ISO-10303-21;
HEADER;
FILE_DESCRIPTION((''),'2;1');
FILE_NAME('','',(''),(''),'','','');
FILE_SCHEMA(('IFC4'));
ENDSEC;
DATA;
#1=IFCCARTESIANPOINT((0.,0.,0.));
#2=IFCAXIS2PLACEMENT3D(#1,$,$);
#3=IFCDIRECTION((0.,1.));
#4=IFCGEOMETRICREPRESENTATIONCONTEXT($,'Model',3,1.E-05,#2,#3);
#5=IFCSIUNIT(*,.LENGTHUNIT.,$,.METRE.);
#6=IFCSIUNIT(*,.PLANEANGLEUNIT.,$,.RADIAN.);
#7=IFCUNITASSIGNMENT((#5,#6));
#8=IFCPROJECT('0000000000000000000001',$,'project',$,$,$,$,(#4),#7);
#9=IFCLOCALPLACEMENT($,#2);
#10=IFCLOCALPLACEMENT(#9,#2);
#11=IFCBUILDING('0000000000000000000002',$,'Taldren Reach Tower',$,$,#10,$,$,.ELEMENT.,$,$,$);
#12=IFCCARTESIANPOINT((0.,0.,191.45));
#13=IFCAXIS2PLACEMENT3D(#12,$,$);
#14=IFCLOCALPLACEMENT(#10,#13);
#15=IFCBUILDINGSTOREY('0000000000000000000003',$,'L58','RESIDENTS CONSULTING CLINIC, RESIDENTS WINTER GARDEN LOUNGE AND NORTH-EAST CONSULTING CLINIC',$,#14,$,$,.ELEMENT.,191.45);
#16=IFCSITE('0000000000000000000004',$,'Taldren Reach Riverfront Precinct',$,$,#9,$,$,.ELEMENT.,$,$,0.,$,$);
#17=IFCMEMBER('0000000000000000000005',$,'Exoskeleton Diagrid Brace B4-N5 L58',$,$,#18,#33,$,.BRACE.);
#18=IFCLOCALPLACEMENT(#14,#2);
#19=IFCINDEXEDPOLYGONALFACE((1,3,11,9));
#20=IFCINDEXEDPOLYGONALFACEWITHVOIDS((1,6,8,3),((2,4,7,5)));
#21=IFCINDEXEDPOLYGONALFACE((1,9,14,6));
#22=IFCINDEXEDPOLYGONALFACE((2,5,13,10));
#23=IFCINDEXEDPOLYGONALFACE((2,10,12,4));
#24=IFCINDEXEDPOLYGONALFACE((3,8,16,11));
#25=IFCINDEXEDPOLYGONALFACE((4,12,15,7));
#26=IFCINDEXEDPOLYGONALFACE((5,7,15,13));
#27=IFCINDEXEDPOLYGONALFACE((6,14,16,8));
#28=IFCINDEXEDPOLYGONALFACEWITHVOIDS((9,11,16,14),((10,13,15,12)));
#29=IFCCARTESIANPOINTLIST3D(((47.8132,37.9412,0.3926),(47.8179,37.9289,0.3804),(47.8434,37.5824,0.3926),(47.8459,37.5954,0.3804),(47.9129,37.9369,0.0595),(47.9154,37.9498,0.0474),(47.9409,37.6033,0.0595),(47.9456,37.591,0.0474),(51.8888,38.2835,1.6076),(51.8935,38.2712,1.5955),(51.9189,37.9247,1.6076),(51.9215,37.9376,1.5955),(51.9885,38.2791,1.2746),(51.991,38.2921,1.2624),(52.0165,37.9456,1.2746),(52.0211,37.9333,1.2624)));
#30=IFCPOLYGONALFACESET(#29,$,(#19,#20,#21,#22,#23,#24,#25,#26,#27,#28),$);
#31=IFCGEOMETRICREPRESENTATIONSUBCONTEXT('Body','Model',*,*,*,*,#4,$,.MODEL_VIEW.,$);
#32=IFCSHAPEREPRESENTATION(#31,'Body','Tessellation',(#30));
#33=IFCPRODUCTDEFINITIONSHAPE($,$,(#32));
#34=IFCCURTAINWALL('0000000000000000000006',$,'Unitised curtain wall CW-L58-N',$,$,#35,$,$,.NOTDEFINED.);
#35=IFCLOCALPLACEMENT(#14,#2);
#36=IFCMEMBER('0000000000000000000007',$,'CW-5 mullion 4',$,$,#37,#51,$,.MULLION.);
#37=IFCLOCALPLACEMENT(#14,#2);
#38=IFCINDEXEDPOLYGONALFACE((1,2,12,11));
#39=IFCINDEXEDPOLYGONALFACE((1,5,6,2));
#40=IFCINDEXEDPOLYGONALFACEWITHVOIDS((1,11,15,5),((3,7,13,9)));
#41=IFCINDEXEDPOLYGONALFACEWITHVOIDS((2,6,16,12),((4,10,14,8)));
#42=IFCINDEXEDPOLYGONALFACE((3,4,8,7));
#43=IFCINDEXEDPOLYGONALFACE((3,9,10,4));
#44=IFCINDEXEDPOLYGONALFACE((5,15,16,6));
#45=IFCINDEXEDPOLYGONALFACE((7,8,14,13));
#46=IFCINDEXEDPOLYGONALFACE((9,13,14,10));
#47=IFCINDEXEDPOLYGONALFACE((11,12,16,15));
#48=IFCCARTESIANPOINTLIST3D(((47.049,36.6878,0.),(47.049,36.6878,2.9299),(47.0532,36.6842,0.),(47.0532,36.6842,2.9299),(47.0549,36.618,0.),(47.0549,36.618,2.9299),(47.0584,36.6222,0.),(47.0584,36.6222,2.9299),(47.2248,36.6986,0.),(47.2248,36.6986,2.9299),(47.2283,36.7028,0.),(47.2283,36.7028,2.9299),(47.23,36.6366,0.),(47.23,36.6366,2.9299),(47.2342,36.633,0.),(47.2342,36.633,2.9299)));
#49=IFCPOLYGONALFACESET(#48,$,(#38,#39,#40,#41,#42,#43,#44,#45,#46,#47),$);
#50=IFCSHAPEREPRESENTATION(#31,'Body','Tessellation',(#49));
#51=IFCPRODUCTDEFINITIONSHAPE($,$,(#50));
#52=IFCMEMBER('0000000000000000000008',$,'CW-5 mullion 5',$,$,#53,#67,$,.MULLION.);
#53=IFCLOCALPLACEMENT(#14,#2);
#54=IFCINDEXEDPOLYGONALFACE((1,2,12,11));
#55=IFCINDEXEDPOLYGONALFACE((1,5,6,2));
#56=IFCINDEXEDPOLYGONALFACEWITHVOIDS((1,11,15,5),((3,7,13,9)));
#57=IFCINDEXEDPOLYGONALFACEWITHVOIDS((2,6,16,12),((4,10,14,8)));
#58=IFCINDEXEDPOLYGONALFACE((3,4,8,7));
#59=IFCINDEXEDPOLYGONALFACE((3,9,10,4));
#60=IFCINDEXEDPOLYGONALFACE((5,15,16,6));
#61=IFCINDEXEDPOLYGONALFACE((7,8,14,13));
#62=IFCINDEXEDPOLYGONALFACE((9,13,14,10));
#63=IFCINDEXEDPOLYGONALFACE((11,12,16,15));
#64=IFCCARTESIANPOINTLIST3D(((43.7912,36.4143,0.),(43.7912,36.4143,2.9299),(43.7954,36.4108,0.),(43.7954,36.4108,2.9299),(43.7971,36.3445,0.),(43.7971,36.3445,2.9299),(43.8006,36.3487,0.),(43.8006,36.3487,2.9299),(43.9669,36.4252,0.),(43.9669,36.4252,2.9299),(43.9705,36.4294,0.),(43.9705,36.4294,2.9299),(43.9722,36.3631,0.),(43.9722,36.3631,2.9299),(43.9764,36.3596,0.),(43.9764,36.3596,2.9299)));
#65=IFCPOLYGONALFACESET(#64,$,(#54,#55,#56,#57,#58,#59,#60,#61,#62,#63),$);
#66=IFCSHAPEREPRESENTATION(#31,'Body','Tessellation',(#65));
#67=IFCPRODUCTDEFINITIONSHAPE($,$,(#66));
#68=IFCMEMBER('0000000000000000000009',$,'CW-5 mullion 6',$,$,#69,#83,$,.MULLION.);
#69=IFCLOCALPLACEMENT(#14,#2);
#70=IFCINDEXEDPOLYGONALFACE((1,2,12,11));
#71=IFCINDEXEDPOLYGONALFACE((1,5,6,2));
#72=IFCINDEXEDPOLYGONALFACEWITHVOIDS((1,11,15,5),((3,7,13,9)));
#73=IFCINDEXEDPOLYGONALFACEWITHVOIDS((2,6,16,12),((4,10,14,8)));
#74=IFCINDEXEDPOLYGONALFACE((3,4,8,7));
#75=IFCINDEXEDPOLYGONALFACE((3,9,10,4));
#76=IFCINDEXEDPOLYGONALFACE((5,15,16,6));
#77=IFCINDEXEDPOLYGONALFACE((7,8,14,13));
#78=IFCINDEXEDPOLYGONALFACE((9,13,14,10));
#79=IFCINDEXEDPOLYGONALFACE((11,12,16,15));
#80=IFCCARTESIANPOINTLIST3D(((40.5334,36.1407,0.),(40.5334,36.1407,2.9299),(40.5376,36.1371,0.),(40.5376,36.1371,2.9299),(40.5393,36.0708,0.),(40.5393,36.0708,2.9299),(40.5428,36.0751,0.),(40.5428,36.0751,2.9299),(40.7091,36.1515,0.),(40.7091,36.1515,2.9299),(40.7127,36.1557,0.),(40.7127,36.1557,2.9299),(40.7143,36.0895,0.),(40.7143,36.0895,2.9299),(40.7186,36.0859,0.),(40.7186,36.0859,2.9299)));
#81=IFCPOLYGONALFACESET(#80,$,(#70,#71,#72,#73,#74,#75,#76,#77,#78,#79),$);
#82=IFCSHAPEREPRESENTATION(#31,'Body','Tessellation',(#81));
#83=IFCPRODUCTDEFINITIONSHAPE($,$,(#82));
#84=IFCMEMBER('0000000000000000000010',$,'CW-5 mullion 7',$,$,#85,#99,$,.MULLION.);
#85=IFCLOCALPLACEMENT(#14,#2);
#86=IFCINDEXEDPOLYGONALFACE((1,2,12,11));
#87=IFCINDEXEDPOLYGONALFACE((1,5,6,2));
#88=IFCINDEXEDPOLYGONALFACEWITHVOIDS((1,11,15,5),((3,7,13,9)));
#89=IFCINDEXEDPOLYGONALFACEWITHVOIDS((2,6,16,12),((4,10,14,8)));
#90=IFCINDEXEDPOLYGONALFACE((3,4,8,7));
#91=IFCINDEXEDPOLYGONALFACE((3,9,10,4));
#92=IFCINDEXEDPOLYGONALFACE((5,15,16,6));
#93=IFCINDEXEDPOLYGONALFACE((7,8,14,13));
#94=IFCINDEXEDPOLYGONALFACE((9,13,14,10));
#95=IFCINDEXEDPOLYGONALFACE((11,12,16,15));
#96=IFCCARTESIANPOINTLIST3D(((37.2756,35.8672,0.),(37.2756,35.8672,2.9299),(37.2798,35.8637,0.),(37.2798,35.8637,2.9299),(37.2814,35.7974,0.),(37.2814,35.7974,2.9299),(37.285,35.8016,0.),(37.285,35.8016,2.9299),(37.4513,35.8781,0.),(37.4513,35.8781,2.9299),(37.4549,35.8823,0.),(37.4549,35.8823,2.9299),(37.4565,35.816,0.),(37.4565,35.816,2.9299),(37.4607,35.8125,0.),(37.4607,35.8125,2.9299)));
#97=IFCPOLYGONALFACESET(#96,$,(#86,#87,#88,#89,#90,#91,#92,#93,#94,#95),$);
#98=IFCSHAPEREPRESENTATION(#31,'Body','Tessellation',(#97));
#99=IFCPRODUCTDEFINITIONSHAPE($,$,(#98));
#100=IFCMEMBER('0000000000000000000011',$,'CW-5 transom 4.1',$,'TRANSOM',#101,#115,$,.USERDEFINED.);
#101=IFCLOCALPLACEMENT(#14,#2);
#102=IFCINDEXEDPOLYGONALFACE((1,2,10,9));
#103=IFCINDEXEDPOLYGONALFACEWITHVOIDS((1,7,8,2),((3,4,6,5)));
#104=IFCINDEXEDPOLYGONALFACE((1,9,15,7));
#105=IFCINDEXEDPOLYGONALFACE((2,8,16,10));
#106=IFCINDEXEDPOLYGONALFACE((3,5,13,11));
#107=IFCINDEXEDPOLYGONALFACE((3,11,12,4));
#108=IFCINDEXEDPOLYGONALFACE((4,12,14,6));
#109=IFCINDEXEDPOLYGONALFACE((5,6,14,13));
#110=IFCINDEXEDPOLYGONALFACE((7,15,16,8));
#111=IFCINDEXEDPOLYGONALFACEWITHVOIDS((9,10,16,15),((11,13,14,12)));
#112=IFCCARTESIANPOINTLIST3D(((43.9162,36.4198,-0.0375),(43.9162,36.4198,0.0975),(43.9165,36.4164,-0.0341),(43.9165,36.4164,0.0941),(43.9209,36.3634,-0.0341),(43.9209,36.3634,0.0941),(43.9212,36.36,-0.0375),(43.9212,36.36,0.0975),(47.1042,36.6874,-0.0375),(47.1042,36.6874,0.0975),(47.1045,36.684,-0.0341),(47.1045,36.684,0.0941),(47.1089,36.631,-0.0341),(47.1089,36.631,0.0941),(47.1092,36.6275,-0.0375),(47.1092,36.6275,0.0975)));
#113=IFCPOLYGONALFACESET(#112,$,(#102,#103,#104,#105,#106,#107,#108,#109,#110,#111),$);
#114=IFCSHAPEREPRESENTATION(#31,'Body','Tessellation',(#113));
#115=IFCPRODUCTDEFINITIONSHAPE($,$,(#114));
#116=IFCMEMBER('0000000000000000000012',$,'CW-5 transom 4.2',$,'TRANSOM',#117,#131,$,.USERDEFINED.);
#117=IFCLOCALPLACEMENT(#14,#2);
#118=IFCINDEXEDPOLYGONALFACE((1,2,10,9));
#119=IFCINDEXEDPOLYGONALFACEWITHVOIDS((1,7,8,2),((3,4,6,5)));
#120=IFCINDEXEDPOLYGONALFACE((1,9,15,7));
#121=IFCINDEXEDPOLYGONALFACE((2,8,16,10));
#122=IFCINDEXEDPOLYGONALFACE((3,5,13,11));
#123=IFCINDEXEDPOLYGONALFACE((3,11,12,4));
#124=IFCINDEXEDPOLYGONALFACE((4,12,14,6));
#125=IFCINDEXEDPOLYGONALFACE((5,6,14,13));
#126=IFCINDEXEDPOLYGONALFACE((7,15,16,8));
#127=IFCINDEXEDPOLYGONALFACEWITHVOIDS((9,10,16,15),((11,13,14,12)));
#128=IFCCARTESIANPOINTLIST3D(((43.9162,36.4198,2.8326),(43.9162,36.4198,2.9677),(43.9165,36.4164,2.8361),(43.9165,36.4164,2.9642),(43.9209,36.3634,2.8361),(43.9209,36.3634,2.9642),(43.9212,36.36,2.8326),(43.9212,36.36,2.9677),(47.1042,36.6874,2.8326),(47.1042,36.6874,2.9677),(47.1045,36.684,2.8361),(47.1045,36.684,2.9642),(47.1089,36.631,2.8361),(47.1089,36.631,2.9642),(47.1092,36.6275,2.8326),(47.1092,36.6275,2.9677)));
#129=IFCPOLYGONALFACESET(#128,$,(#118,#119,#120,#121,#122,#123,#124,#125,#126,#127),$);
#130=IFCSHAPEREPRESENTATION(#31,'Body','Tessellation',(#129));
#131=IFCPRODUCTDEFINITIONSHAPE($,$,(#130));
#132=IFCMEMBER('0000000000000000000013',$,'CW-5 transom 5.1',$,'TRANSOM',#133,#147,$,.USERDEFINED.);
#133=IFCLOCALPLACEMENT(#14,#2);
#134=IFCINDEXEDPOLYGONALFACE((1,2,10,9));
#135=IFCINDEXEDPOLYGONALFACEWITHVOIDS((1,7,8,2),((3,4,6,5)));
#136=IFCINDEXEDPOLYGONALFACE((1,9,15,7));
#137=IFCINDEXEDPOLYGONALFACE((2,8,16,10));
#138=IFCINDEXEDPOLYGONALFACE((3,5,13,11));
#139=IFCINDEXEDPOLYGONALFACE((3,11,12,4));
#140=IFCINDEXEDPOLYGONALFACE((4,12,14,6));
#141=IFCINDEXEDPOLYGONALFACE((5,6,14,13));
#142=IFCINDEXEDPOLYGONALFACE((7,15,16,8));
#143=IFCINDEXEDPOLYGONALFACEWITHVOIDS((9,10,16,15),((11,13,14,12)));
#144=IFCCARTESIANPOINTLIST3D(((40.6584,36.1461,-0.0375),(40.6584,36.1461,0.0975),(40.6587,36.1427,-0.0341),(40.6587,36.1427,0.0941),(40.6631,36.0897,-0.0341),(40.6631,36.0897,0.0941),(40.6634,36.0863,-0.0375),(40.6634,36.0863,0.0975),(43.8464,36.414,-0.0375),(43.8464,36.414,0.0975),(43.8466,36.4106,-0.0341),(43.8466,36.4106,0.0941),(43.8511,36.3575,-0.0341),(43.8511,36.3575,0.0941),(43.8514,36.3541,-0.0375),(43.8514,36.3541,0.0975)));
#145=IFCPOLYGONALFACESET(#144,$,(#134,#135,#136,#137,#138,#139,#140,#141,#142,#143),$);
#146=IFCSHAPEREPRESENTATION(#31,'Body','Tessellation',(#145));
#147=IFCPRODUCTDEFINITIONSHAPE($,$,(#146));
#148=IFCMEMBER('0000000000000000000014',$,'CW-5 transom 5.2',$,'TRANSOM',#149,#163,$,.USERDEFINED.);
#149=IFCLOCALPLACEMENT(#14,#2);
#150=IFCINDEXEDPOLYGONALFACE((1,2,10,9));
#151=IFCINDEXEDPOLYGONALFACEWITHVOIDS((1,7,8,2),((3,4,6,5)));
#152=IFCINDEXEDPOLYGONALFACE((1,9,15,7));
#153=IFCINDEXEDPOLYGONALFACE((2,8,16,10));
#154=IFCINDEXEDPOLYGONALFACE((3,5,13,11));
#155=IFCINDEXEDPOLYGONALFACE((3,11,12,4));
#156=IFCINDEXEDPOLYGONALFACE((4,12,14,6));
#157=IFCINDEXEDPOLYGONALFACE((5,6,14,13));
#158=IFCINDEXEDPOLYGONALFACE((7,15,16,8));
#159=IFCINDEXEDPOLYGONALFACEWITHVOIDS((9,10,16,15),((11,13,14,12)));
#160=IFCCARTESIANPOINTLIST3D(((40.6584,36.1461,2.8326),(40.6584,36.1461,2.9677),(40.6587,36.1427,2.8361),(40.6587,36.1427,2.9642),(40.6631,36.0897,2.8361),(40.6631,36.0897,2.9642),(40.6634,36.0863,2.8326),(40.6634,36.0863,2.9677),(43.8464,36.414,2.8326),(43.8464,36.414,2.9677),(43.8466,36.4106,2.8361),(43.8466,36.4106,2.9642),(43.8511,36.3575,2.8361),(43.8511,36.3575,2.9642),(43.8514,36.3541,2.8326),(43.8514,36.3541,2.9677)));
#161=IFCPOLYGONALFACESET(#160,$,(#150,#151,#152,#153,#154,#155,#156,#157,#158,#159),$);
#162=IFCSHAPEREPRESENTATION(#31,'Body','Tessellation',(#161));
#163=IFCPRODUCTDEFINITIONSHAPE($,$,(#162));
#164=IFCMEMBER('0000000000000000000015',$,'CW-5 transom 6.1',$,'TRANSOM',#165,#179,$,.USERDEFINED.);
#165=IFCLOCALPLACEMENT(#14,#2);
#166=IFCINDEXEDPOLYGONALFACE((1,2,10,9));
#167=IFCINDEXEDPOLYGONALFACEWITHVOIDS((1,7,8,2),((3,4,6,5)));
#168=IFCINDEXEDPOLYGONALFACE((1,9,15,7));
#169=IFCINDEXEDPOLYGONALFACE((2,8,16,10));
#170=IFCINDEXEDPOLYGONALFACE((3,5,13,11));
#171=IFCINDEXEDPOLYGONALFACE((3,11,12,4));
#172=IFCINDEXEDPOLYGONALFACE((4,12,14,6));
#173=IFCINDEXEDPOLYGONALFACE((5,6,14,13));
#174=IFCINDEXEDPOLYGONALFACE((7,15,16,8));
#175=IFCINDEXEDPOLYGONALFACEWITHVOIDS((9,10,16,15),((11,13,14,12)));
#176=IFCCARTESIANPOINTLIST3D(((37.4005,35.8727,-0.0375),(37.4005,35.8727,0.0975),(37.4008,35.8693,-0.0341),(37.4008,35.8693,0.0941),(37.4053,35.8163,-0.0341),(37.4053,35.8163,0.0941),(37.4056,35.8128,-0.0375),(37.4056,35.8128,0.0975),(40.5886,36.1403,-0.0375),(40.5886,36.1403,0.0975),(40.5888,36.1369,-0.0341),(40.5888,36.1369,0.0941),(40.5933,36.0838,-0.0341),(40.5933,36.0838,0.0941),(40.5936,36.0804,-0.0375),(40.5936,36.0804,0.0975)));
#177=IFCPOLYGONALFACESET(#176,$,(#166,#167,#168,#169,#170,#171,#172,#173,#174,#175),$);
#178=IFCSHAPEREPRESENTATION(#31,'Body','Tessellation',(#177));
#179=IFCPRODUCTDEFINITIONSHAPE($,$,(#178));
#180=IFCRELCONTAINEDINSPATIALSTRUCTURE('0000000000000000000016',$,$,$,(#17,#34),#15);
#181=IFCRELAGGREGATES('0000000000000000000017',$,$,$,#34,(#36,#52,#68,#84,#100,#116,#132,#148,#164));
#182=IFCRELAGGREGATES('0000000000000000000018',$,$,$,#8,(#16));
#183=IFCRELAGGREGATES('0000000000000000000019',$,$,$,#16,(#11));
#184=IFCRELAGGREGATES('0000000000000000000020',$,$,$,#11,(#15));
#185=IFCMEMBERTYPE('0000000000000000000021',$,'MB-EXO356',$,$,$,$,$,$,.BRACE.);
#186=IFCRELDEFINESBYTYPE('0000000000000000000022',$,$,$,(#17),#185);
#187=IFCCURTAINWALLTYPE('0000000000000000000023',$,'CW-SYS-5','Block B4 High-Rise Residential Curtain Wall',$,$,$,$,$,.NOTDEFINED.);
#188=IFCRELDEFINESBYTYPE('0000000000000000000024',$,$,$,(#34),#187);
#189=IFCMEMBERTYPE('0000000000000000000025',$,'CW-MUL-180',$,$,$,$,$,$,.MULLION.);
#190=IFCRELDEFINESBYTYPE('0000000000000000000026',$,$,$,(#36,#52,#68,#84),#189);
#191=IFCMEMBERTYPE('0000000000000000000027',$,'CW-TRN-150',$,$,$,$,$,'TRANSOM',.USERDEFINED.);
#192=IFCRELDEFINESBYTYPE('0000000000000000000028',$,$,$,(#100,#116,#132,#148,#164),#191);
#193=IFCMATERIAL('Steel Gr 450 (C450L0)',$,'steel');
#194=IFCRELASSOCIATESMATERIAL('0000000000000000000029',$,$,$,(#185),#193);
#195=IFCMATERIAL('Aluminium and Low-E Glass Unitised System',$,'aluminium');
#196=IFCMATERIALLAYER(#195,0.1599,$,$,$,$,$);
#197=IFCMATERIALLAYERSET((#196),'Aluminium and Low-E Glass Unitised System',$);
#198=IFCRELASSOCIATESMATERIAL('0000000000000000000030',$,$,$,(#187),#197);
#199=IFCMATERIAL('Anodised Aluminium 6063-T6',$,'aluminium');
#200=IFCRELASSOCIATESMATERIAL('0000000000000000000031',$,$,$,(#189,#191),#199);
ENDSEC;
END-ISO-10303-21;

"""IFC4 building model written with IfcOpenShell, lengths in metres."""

from ifc_helpers import new_model, si_unit, direction, frame, origin, origin_2d, place, context, subcontext, project, spatial, hollow_rectangle, extrude, source, transform, mapped, material, layer, layer_set, material_profile, profile_set, type_object, element, aggregate, save


model = new_model("IFC4")

# Units and contexts
model_context = context("Model", 3, precision=1e-05, world=origin(), true_north=direction((0.0, 1.0)))
body_context = subcontext(model_context, "Body", "Model", "MODEL_VIEW")
ifc_project = project(units=[si_unit("LENGTHUNIT", "METRE"), si_unit("PLANEANGLEUNIT", "RADIAN")], contexts=[model_context])

# Site, building, storey
site_placement = place(None, origin())
site = spatial("IfcSite", under=ifc_project, at=site_placement, Name="Taldren Reach Riverfront Precinct", CompositionType="ELEMENT", RefElevation=0.0)
building_placement = place(site_placement, origin())
building = spatial("IfcBuilding", under=site, at=building_placement, Name="Taldren Reach Tower", CompositionType="ELEMENT")
storey_placement = place(building_placement, frame((0.0, 0.0, 191.45)))
storey = spatial("IfcBuildingStorey", under=building, at=storey_placement, Name="L58", Description="RESIDENTS CONSULTING CLINIC, RESIDENTS WINTER GARDEN LOUNGE AND NORTH-EAST CONSULTING CLINIC", CompositionType="ELEMENT", Elevation=191.45)

# Member
ifc_material_1 = material(Name="Steel Gr 450 (C450L0)", Category="steel")
ifc_material_profile_1 = material_profile(ifc_material_1, hollow_rectangle(XDim=0.3601, YDim=0.3601, WallThickness=0.0127, at=origin_2d()), Name="360x360x12.7SHS")
ifc_profile_set_1 = profile_set([ifc_material_profile_1], Name="Steel Gr 450 (C450L0)")
member_type_1 = type_object("IfcMemberType", Name="MB-EXO356", PredefinedType="BRACE", material=ifc_profile_set_1)
shared_shape_1 = source(origin(), body_context, "Body", "SweptSolid", [
    extrude(hollow_rectangle(XDim=0.3601, YDim=0.3601, WallThickness=0.0127, at=origin_2d()), origin(), (0.0, 0.0, 1.0), 4.2666),
])
for number, where, z_axis, x_axis, name in (
    (1, (47.8794, 37.7661, 0.22), (0.955229, 0.080222, 0.284783), (-0.083688, 0.996492, 0.0), "Exoskeleton Diagrid Brace B4-N5 L58"),
):
    element("IfcMember", number, at=place(storey_placement, frame(where, z_axis=z_axis, x_axis=x_axis)), inside=storey, type_object=member_type_1, Name=name, PredefinedType="BRACE", context=body_context, shape_type="MappedRepresentation", body=[
        mapped(shared_shape_1, transform((0.0, 0.0, 0.0), scale=1.0)),
    ])

# Curtain wall, members
ifc_material_2 = material(Name="Aluminium and Low-E Glass Unitised System", Category="aluminium")
ifc_layer_1 = layer(ifc_material_2, 0.1599)
ifc_layer_set_1 = layer_set([ifc_layer_1], Name="Aluminium and Low-E Glass Unitised System")
curtain_wall_type = type_object("IfcCurtainWallType", Name="CW-SYS-5", Description="Block B4 High-Rise Residential Curtain Wall", PredefinedType="NOTDEFINED", material=ifc_layer_set_1)
curtain_wall_placement = place(storey_placement, origin())
curtain_wall = element("IfcCurtainWall", 2, at=curtain_wall_placement, inside=storey, type_object=curtain_wall_type, Name="Unitised curtain wall CW-L58-N", PredefinedType="NOTDEFINED")
ifc_material_3 = material(Name="Anodised Aluminium 6063-T6", Category="aluminium")
ifc_material_profile_2 = material_profile(ifc_material_3, hollow_rectangle(XDim=0.0701, YDim=0.1799, WallThickness=0.0039, at=origin_2d()), Name="ALU-180x70x4RHS")
ifc_profile_set_2 = profile_set([ifc_material_profile_2], Name="Anodised Aluminium 6063-T6")
member_type_2 = type_object("IfcMemberType", Name="CW-MUL-180", PredefinedType="MULLION", material=ifc_profile_set_2)
shared_shape_2 = source(origin(), body_context, "Body", "SweptSolid", [
    extrude(hollow_rectangle(XDim=0.0701, YDim=0.1799, WallThickness=0.0039, at=origin_2d()), origin(), (0.0, 0.0, 1.0), 2.9299),
])
member_1_placement = place(storey_placement, frame((47.1416, 36.6604, 0.0), z_axis=(0.0, 0.0, 1.0), x_axis=(0.083678, -0.996493, 0.0)))
member_1 = element("IfcMember", 3, at=member_1_placement, type_object=member_type_2, Name="CW-5 mullion 4", PredefinedType="MULLION", context=body_context, shape_type="MappedRepresentation", body=[
    mapped(shared_shape_2, transform((0.0, 0.0, 0.0), scale=1.0)),
])
member_2_placement = place(storey_placement, frame((43.8838, 36.387, 0.0), z_axis=(0.0, 0.0, 1.0), x_axis=(0.083678, -0.996493, 0.0)))
member_2 = element("IfcMember", 4, at=member_2_placement, type_object=member_type_2, Name="CW-5 mullion 5", PredefinedType="MULLION", context=body_context, shape_type="MappedRepresentation", body=[
    mapped(shared_shape_2, transform((0.0, 0.0, 0.0), scale=1.0)),
])
member_3_placement = place(storey_placement, frame((40.626, 36.1133, 0.0), z_axis=(0.0, 0.0, 1.0), x_axis=(0.083678, -0.996493, 0.0)))
member_3 = element("IfcMember", 5, at=member_3_placement, type_object=member_type_2, Name="CW-5 mullion 6", PredefinedType="MULLION", context=body_context, shape_type="MappedRepresentation", body=[
    mapped(shared_shape_2, transform((0.0, 0.0, 0.0), scale=1.0)),
])
member_4_placement = place(storey_placement, frame((37.3682, 35.8398, 0.0), z_axis=(0.0, 0.0, 1.0), x_axis=(0.083678, -0.996493, 0.0)))
member_4 = element("IfcMember", 6, at=member_4_placement, type_object=member_type_2, Name="CW-5 mullion 7", PredefinedType="MULLION", context=body_context, shape_type="MappedRepresentation", body=[
    mapped(shared_shape_2, transform((0.0, 0.0, 0.0), scale=1.0)),
])
ifc_material_profile_3 = material_profile(ifc_material_3, hollow_rectangle(XDim=0.0601, YDim=0.135, WallThickness=0.0034, at=origin_2d()), Name="ALU-135x60x3.5RHS")
ifc_profile_set_3 = profile_set([ifc_material_profile_3], Name="Anodised Aluminium 6063-T6")
member_type_3 = type_object("IfcMemberType", Name="CW-TRN-150", ElementType="TRANSOM", PredefinedType="USERDEFINED", material=ifc_profile_set_3)
shared_shape_3 = source(origin(), body_context, "Body", "SweptSolid", [
    extrude(hollow_rectangle(XDim=0.0601, YDim=0.135, WallThickness=0.0034, at=origin_2d()), origin(), (0.0, 0.0, 1.0), 3.1992),
])
member_5_placement = place(storey_placement, frame((47.1067, 36.6575, 0.03), z_axis=(-0.996496, -0.083639, 0.0), x_axis=(0.083639, -0.996496, 0.0)))
member_5 = element("IfcMember", 7, at=member_5_placement, type_object=member_type_3, Name="CW-5 transom 4.1", ObjectType="TRANSOM", PredefinedType="USERDEFINED", context=body_context, shape_type="MappedRepresentation", body=[
    mapped(shared_shape_3, transform((0.0, 0.0, 0.0), scale=1.0)),
])
member_6_placement = place(storey_placement, frame((47.1067, 36.6575, 2.9001), z_axis=(-0.996496, -0.083639, 0.0), x_axis=(0.083639, -0.996496, 0.0)))
member_6 = element("IfcMember", 8, at=member_6_placement, type_object=member_type_3, Name="CW-5 transom 4.2", ObjectType="TRANSOM", PredefinedType="USERDEFINED", context=body_context, shape_type="MappedRepresentation", body=[
    mapped(shared_shape_3, transform((0.0, 0.0, 0.0), scale=1.0)),
])
member_7_placement = place(storey_placement, frame((43.8489, 36.384, 0.03), z_axis=(-0.99649, -0.083715, 0.0), x_axis=(0.083715, -0.99649, 0.0)))
member_7 = element("IfcMember", 9, at=member_7_placement, type_object=member_type_3, Name="CW-5 transom 5.1", ObjectType="TRANSOM", PredefinedType="USERDEFINED", context=body_context, shape_type="MappedRepresentation", body=[
    mapped(shared_shape_3, transform((0.0, 0.0, 0.0), scale=1.0)),
])
member_8_placement = place(storey_placement, frame((43.8489, 36.384, 2.9001), z_axis=(-0.99649, -0.083715, 0.0), x_axis=(0.083715, -0.99649, 0.0)))
member_8 = element("IfcMember", 10, at=member_8_placement, type_object=member_type_3, Name="CW-5 transom 5.2", ObjectType="TRANSOM", PredefinedType="USERDEFINED", context=body_context, shape_type="MappedRepresentation", body=[
    mapped(shared_shape_3, transform((0.0, 0.0, 0.0), scale=1.0)),
])
member_9_placement = place(storey_placement, frame((40.5911, 36.1104, 0.03), z_axis=(-0.996496, -0.083639, 0.0), x_axis=(0.083639, -0.996496, 0.0)))
member_9 = element("IfcMember", 11, at=member_9_placement, type_object=member_type_3, Name="CW-5 transom 6.1", ObjectType="TRANSOM", PredefinedType="USERDEFINED", context=body_context, shape_type="MappedRepresentation", body=[
    mapped(shared_shape_3, transform((0.0, 0.0, 0.0), scale=1.0)),
])

aggregate(curtain_wall, [member_1, member_2, member_3, member_4, member_5, member_6, member_7, member_8, member_9])

save(model, "model.ifc")
